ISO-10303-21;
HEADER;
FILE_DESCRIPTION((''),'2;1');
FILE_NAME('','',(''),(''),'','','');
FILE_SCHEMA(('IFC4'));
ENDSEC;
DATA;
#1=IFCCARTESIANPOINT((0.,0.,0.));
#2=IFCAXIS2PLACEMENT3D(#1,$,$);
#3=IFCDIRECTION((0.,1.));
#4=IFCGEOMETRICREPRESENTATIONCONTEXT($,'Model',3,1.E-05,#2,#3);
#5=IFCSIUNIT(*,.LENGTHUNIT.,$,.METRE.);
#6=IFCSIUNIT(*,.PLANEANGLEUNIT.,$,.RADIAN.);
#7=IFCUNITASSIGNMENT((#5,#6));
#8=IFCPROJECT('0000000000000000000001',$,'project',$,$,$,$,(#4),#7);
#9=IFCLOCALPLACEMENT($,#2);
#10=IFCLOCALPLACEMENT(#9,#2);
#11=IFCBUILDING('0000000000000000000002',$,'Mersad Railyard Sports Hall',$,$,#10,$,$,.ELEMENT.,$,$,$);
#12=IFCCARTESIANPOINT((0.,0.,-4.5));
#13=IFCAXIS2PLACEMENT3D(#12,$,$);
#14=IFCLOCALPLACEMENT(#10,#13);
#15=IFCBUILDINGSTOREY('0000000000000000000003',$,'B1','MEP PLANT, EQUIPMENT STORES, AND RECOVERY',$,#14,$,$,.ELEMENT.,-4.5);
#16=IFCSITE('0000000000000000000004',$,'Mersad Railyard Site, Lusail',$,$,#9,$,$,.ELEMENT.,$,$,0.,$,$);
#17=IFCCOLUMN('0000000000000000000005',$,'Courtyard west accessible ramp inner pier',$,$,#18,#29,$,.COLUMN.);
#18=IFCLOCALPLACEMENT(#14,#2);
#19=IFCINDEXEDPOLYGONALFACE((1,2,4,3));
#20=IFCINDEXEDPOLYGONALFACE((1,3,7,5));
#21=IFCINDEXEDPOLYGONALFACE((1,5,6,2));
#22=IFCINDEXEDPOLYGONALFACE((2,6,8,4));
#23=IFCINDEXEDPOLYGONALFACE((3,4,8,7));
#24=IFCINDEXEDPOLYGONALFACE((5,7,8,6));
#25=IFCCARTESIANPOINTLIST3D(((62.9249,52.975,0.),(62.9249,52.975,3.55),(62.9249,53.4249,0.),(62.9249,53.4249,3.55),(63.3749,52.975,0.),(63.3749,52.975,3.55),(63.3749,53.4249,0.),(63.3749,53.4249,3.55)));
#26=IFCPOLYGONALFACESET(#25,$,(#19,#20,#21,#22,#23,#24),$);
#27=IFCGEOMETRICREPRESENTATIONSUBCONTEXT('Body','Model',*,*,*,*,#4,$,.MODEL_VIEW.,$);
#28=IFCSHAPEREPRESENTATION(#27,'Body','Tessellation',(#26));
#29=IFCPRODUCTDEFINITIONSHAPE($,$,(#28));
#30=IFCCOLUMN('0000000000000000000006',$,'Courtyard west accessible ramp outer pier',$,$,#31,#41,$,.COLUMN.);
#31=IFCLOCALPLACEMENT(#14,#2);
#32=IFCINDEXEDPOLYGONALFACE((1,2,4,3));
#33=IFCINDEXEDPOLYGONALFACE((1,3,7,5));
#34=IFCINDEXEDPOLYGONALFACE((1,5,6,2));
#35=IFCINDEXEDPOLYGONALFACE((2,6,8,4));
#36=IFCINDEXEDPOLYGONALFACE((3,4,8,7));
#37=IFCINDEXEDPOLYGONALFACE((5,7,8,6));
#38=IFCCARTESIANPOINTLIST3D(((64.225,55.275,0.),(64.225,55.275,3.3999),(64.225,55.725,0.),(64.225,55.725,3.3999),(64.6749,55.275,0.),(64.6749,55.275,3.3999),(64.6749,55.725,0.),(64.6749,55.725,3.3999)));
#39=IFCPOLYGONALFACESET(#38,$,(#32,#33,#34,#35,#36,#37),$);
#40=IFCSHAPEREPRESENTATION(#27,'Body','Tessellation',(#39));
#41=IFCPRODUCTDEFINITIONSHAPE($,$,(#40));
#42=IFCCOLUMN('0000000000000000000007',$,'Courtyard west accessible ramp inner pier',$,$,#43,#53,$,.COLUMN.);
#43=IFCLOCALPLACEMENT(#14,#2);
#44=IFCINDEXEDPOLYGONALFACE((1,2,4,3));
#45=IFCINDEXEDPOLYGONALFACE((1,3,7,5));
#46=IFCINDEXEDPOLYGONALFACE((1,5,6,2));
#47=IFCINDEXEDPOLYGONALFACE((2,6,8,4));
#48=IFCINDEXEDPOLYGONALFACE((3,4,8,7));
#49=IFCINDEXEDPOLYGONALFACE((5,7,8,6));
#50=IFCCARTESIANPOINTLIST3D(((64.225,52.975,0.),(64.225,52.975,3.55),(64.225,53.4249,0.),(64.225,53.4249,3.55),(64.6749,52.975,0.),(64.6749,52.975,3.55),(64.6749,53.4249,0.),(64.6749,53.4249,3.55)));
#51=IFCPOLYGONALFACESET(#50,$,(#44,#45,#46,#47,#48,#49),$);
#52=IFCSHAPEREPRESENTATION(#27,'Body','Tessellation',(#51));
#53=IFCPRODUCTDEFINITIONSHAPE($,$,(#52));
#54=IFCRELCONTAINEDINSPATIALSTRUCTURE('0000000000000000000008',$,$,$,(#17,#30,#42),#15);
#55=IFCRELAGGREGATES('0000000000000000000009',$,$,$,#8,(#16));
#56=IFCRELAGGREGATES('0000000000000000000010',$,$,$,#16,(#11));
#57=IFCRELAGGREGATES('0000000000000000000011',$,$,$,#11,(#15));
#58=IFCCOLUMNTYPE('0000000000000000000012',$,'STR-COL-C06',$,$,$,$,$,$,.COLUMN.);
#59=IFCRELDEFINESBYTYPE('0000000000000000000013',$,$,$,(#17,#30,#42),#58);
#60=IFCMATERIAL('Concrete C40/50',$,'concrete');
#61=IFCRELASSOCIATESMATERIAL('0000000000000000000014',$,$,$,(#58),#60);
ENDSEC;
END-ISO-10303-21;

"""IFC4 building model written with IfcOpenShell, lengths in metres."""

from ifc_helpers import new_model, si_unit, direction, frame, origin, origin_2d, place, context, subcontext, project, spatial, rectangle, extrude, material, material_profile, profile_set, type_object, element, save


model = new_model("IFC4")

# Units and contexts
model_context = context("Model", 3, precision=1e-05, world=origin(), true_north=direction((0.0, 1.0)))
body_context = subcontext(model_context, "Body", "Model", "MODEL_VIEW")
ifc_project = project(units=[si_unit("LENGTHUNIT", "METRE"), si_unit("PLANEANGLEUNIT", "RADIAN")], contexts=[model_context])

# Site, building, storey
site_placement = place(None, origin())
site = spatial("IfcSite", under=ifc_project, at=site_placement, Name="Mersad Railyard Site, Lusail", CompositionType="ELEMENT", RefElevation=0.0)
building_placement = place(site_placement, origin())
building = spatial("IfcBuilding", under=site, at=building_placement, Name="Mersad Railyard Sports Hall", CompositionType="ELEMENT")
storey_placement = place(building_placement, frame((0.0, 0.0, -4.5)))
storey = spatial("IfcBuildingStorey", under=building, at=storey_placement, Name="B1", Description="MEP PLANT, EQUIPMENT STORES, AND RECOVERY", CompositionType="ELEMENT", Elevation=-4.5)

# Shared definitions
ifc_material_1 = material(Name="Concrete C40/50", Category="concrete")

# Columns
ifc_material_profile_1 = material_profile(ifc_material_1, rectangle(XDim=0.45, YDim=0.45, at=origin_2d()), Name="RC 450x450")
ifc_profile_set_1 = profile_set([ifc_material_profile_1], Name="Concrete C40/50")
column_type_1 = type_object("IfcColumnType", Name="STR-COL-C06", PredefinedType="COLUMN", material=ifc_profile_set_1)
column_1_placement = place(storey_placement, frame((63.1499, 53.2, 0.0), z_axis=(0.0, 0.0, 1.0), x_axis=(1.0, 0.0, 0.0)))
element("IfcColumn", 1, at=column_1_placement, inside=storey, type_object=column_type_1, Name="Courtyard west accessible ramp inner pier", PredefinedType="COLUMN", context=body_context, shape_type="SweptSolid", body=[
    extrude(rectangle(XDim=0.45, YDim=0.45, at=origin_2d()), origin(), (0.0, 0.0, 1.0), 3.55),
])
column_2_placement = place(storey_placement, frame((64.45, 55.5, 0.0), z_axis=(0.0, 0.0, 1.0), x_axis=(1.0, 0.0, 0.0)))
element("IfcColumn", 2, at=column_2_placement, inside=storey, type_object=column_type_1, Name="Courtyard west accessible ramp outer pier", PredefinedType="COLUMN", context=body_context, shape_type="SweptSolid", body=[
    extrude(rectangle(XDim=0.45, YDim=0.45, at=origin_2d()), origin(), (0.0, 0.0, 1.0), 3.3999),
])
column_3_placement = place(storey_placement, frame((64.45, 53.2, 0.0), z_axis=(0.0, 0.0, 1.0), x_axis=(1.0, 0.0, 0.0)))
element("IfcColumn", 3, at=column_3_placement, inside=storey, type_object=column_type_1, Name="Courtyard west accessible ramp inner pier", PredefinedType="COLUMN", context=body_context, shape_type="SweptSolid", body=[
    extrude(rectangle(XDim=0.45, YDim=0.45, at=origin_2d()), origin(), (0.0, 0.0, 1.0), 3.55),
])

save(model, "model.ifc")
